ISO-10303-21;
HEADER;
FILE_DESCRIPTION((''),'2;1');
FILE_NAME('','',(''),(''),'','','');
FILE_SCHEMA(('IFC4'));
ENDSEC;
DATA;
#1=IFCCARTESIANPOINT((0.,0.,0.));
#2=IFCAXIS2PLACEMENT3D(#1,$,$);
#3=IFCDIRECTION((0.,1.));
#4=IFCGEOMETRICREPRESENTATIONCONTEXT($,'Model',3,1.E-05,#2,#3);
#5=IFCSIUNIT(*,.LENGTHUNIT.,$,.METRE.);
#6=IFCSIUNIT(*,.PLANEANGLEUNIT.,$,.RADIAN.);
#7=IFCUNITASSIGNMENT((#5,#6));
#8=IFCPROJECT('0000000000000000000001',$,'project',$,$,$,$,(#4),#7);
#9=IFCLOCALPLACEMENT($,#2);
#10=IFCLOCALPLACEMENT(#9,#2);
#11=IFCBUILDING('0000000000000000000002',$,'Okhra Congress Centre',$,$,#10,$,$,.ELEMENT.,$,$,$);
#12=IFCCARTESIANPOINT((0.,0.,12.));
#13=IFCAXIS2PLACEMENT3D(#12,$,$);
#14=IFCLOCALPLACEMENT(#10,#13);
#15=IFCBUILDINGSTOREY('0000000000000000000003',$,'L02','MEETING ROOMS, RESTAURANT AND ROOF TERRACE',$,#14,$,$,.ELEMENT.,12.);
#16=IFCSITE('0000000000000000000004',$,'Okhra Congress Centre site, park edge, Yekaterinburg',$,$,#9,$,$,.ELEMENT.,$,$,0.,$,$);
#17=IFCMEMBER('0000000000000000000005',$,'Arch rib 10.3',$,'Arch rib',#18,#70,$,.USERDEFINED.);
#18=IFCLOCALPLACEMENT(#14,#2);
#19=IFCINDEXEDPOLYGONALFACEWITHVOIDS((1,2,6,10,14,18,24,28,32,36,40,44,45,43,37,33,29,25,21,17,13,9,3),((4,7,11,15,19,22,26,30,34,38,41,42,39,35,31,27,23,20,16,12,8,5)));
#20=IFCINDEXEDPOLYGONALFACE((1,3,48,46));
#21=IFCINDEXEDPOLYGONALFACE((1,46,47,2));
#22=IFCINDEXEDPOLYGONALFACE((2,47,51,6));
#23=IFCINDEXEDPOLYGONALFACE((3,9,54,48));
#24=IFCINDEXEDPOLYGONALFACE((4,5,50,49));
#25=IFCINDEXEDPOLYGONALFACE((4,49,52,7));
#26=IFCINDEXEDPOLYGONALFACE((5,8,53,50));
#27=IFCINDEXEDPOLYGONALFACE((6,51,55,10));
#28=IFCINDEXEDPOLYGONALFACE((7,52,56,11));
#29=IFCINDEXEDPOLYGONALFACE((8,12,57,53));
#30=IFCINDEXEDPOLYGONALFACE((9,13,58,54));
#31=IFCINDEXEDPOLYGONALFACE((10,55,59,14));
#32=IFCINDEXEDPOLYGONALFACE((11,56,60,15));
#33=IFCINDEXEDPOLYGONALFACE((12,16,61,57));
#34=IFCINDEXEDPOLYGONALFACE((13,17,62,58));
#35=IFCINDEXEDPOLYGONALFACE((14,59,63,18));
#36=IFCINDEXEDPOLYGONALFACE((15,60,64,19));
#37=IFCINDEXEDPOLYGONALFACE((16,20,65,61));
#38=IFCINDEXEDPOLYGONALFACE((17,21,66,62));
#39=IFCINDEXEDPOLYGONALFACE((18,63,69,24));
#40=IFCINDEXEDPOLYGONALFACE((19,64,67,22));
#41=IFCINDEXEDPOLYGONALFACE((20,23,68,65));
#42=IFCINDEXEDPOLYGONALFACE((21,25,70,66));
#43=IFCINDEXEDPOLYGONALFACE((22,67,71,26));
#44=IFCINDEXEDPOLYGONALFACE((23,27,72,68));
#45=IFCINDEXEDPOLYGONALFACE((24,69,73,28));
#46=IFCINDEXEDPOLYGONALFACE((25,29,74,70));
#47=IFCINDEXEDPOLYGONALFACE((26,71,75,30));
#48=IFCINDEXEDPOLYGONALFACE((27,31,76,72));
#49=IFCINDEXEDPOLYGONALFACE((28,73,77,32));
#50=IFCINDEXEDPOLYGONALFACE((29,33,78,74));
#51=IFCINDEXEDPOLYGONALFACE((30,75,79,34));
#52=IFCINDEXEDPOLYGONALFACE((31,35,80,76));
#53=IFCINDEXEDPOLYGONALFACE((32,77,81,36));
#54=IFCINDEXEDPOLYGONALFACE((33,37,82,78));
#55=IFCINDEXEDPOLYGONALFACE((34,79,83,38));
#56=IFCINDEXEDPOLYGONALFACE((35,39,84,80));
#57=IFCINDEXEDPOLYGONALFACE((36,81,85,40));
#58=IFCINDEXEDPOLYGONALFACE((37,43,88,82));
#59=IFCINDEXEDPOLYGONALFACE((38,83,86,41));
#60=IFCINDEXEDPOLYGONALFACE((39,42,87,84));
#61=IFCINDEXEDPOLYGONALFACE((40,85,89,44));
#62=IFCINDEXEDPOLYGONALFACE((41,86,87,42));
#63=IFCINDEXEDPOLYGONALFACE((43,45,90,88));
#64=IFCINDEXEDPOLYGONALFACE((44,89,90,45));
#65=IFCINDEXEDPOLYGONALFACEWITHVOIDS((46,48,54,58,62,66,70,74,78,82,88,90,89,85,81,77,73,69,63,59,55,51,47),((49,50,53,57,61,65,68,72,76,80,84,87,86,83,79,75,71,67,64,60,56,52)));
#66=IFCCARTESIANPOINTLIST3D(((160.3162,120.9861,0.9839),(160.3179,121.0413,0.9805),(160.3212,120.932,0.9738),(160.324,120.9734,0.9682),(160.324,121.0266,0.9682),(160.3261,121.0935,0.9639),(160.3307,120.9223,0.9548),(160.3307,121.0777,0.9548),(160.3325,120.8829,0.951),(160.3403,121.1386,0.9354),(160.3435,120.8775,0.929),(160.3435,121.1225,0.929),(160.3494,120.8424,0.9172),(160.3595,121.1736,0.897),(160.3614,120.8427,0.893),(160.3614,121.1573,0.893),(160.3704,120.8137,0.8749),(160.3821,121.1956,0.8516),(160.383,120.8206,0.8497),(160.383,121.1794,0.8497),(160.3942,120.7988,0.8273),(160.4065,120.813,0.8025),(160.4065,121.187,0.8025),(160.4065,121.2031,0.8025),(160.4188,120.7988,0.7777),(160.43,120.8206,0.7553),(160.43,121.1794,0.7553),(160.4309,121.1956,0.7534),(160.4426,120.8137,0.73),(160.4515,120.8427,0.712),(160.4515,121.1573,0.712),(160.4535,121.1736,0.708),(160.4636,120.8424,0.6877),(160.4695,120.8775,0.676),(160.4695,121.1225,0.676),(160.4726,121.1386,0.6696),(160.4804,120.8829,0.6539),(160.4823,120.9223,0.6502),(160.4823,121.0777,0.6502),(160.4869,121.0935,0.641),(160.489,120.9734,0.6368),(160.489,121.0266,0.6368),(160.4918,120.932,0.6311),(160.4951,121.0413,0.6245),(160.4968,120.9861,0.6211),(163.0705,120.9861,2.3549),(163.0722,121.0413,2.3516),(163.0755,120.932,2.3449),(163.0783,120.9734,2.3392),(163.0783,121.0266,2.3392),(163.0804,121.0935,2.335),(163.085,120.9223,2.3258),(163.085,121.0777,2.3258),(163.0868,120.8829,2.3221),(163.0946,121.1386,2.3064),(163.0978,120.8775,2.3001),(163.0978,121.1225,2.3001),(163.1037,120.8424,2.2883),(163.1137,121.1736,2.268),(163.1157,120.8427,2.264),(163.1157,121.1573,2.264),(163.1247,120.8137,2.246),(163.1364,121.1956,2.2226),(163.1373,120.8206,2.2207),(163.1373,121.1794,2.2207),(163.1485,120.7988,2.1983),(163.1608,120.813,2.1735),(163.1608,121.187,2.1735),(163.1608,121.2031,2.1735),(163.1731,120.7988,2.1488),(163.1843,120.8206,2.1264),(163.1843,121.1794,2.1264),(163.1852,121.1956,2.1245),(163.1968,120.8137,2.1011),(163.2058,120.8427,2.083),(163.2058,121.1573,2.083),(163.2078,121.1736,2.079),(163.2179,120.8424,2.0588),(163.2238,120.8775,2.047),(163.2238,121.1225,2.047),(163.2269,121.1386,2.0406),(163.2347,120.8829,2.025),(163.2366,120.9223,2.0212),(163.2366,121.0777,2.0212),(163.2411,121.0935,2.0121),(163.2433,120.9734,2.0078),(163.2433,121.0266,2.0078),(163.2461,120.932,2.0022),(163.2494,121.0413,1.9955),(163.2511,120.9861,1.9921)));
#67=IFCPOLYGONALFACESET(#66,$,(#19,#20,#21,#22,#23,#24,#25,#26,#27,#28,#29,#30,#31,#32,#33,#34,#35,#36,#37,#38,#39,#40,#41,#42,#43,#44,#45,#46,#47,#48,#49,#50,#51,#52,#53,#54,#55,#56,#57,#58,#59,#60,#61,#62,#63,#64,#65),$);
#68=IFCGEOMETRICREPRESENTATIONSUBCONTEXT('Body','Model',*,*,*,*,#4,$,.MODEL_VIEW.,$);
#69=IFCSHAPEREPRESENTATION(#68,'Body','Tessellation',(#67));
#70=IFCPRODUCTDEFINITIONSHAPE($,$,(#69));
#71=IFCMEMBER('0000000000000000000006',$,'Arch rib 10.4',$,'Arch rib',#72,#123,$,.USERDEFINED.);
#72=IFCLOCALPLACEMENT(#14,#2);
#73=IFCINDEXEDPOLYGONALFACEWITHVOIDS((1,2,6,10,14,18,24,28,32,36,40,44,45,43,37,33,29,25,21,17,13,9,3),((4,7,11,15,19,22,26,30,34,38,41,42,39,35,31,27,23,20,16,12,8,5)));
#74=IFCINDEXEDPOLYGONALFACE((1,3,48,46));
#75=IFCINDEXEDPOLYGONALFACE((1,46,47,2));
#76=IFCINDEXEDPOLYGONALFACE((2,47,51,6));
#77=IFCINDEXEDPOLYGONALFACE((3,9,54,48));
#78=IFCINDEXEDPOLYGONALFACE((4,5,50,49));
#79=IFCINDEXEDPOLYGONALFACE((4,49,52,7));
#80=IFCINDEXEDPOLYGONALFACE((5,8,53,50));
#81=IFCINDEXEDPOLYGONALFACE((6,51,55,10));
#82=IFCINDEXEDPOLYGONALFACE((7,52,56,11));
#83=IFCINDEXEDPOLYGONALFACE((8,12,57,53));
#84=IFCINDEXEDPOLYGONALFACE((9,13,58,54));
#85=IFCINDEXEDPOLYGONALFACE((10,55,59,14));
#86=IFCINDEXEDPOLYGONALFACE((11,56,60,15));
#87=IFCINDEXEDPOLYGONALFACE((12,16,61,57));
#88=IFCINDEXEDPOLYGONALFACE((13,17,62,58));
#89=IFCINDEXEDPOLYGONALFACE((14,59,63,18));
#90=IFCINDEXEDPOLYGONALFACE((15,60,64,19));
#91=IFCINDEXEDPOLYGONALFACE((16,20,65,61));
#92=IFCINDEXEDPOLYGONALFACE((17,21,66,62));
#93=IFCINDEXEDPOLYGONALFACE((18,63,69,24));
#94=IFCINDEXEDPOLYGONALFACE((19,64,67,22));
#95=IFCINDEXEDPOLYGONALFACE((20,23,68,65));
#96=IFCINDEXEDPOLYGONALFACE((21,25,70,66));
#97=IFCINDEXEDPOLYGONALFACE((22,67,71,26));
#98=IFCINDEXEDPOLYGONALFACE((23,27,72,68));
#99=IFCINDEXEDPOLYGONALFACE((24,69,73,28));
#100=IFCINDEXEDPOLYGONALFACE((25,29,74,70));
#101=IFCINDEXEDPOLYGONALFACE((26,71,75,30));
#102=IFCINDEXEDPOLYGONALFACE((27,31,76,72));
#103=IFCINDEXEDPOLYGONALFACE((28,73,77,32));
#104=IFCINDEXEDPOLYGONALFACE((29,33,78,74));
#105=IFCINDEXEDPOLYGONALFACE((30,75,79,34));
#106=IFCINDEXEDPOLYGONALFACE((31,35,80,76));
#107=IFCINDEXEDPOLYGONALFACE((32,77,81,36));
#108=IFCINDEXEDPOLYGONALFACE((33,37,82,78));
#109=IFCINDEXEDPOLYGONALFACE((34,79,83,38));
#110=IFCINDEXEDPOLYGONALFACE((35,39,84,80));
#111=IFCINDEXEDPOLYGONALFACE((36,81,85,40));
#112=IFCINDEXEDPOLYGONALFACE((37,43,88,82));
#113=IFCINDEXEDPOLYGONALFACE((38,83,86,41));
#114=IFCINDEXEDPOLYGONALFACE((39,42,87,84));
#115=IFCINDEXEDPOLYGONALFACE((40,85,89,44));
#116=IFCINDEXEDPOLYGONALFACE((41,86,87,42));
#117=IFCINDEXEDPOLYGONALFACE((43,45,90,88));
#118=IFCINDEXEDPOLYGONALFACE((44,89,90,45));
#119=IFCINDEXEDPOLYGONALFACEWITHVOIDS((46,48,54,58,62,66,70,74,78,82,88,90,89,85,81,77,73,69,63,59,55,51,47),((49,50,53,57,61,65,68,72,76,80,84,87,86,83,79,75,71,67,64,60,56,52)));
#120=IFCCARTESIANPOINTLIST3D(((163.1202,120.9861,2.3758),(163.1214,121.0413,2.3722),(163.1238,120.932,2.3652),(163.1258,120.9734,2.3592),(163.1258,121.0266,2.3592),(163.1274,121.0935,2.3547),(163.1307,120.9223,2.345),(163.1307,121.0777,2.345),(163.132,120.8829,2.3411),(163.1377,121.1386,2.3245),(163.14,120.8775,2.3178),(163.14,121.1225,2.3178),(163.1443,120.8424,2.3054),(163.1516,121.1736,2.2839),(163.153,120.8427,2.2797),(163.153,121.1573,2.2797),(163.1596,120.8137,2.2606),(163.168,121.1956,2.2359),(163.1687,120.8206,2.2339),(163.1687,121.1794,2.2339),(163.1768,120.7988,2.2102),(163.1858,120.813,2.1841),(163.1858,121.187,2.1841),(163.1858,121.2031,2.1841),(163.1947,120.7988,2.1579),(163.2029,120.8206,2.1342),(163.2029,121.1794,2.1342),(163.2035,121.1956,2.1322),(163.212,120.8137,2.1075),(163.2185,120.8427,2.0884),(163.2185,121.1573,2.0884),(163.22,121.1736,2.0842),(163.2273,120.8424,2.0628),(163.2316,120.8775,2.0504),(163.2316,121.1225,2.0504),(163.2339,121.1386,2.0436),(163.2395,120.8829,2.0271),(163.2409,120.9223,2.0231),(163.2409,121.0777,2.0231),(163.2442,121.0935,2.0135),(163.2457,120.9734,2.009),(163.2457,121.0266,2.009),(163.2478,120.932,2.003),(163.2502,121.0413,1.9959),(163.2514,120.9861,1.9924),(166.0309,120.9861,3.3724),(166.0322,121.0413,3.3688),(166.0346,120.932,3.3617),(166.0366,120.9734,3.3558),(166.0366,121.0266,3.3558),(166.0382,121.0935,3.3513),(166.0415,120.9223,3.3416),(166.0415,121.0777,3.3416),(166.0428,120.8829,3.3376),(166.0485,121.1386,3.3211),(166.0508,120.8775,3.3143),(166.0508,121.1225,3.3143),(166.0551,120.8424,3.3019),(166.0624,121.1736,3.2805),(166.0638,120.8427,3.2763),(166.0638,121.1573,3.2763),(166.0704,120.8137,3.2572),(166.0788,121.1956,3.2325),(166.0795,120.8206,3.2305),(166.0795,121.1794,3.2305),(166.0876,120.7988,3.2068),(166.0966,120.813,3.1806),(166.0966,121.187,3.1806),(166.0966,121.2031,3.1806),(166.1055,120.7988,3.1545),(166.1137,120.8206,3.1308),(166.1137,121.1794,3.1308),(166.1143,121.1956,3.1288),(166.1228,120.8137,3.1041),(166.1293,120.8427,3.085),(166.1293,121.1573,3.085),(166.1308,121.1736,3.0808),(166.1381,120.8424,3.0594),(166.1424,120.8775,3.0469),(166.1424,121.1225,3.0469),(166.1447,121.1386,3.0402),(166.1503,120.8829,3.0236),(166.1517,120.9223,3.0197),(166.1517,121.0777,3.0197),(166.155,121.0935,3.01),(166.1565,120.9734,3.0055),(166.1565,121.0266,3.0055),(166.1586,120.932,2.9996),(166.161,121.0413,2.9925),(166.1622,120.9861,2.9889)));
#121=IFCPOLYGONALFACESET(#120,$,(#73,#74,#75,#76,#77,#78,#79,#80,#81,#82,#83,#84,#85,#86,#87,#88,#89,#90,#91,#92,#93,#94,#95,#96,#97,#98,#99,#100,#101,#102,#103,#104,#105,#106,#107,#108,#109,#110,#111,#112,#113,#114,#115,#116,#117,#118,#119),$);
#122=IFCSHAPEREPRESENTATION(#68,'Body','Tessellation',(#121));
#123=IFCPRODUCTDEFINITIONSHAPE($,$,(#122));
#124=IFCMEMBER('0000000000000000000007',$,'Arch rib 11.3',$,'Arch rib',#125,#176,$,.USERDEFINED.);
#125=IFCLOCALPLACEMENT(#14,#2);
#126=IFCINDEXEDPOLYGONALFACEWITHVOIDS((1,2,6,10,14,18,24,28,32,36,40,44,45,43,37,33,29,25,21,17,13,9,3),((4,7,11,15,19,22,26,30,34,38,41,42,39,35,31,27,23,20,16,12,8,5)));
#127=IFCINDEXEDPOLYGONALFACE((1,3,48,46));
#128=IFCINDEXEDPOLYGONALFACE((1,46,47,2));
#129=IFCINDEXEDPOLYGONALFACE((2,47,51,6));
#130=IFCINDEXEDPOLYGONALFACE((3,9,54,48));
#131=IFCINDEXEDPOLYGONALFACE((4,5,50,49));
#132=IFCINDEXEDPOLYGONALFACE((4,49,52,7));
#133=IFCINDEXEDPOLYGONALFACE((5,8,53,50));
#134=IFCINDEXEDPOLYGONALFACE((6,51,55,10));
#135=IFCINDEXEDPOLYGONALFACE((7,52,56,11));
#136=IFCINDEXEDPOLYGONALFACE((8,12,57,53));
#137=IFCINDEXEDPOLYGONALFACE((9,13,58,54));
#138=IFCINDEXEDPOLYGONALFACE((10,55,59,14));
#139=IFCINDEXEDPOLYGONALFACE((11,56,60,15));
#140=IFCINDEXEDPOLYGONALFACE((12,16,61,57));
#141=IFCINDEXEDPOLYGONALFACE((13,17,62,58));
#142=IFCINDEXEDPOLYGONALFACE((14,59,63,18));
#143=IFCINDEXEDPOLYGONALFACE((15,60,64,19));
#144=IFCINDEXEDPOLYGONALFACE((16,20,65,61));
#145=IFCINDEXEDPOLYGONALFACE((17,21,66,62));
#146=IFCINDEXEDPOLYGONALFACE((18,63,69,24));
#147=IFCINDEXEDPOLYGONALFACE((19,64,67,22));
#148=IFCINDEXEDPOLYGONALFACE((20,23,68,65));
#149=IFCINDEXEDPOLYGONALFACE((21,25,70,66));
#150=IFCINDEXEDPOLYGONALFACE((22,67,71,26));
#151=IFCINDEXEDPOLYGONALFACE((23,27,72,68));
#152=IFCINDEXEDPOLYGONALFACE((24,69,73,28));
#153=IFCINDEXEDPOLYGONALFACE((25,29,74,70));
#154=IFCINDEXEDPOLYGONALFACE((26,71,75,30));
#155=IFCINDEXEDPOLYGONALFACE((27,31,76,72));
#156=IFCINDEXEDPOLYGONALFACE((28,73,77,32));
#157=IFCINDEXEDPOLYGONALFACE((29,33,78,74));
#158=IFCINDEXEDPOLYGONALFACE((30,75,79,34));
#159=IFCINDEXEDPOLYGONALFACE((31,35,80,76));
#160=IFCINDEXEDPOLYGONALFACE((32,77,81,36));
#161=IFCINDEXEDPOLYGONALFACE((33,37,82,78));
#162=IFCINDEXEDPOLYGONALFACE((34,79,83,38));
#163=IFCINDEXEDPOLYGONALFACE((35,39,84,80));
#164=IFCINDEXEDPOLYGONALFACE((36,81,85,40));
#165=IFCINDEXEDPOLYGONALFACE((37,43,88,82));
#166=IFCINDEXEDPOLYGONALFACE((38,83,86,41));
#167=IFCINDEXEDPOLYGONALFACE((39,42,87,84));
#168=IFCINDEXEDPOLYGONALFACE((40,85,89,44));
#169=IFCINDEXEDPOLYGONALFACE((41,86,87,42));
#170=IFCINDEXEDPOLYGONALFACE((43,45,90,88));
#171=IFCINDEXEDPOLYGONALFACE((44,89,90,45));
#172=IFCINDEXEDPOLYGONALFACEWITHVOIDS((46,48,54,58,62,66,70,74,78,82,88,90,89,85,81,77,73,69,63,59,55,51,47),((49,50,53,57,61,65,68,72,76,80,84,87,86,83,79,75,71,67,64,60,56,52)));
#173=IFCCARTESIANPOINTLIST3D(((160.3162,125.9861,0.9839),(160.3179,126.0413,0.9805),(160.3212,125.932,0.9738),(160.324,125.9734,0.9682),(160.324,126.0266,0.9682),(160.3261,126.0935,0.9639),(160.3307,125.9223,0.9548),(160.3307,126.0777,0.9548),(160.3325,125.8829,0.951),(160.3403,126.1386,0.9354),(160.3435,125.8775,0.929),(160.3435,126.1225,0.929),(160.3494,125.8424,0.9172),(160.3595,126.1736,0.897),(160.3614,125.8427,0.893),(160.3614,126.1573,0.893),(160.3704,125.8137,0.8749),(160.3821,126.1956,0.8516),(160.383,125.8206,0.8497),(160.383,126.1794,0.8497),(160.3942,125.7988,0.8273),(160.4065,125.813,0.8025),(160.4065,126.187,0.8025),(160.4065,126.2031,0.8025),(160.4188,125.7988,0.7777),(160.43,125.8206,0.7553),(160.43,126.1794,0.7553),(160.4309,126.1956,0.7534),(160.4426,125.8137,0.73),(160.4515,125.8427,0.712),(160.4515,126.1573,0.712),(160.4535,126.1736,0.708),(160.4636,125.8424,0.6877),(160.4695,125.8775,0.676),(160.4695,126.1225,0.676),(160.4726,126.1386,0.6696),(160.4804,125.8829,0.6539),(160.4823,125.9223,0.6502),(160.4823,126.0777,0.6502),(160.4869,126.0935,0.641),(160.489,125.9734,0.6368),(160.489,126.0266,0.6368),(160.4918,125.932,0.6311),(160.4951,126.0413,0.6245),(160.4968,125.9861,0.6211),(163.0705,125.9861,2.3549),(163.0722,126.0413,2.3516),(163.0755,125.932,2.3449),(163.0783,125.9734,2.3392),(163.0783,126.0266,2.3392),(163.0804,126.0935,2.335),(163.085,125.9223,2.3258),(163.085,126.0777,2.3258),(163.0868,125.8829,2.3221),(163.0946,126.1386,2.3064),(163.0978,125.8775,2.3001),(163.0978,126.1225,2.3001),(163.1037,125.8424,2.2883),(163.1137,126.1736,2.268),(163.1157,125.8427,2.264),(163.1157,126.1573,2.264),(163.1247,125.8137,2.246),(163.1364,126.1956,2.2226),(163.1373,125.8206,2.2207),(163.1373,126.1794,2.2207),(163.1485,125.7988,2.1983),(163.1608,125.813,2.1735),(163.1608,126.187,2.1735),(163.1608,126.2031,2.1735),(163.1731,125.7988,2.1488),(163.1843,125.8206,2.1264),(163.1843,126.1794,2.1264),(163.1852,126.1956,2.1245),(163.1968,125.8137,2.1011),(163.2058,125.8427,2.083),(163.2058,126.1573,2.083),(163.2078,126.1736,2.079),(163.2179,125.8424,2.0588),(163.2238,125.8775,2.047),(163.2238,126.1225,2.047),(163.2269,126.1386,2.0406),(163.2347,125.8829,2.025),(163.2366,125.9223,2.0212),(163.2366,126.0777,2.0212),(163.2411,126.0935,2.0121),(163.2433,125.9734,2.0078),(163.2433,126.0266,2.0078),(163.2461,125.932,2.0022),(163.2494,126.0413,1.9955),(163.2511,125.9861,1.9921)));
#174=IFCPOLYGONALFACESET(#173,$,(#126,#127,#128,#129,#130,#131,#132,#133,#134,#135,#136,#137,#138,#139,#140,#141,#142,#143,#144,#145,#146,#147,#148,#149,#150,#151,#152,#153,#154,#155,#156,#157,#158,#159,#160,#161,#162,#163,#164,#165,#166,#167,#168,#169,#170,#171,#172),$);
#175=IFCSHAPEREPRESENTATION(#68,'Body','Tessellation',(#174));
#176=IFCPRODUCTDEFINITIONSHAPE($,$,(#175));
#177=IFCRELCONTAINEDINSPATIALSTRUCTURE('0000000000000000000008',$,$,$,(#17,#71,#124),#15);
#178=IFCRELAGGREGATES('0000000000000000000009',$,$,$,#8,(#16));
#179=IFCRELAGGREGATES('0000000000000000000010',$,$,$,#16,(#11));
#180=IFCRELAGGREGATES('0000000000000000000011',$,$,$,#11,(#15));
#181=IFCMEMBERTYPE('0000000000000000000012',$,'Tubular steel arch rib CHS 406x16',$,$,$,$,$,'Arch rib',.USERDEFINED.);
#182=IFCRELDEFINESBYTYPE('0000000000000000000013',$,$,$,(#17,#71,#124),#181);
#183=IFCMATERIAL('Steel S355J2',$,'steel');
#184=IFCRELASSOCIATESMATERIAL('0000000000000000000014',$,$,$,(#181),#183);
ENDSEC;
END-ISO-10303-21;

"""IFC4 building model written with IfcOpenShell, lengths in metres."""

from ifc_helpers import new_model, si_unit, direction, frame, origin, origin_2d, place, context, subcontext, project, spatial, hollow_circle, extrude, material, material_profile, profile_set, type_object, element, save


model = new_model("IFC4")

# Units and contexts
model_context = context("Model", 3, precision=1e-05, world=origin(), true_north=direction((0.0, 1.0)))
body_context = subcontext(model_context, "Body", "Model", "MODEL_VIEW")
ifc_project = project(units=[si_unit("LENGTHUNIT", "METRE"), si_unit("PLANEANGLEUNIT", "RADIAN")], contexts=[model_context])

# Site, building, storey
site_placement = place(None, origin())
site = spatial("IfcSite", under=ifc_project, at=site_placement, Name="Okhra Congress Centre site, park edge, Yekaterinburg", CompositionType="ELEMENT", RefElevation=0.0)
building_placement = place(site_placement, origin())
building = spatial("IfcBuilding", under=site, at=building_placement, Name="Okhra Congress Centre", CompositionType="ELEMENT")
storey_placement = place(building_placement, frame((0.0, 0.0, 12.0)))
storey = spatial("IfcBuildingStorey", under=building, at=storey_placement, Name="L02", Description="MEETING ROOMS, RESTAURANT AND ROOF TERRACE", CompositionType="ELEMENT", Elevation=12.0)

# Members
ifc_material_1 = material(Name="Steel S355J2", Category="steel")
ifc_material_profile_1 = material_profile(ifc_material_1, hollow_circle(Radius=0.2031, WallThickness=0.0161, at=origin_2d()), Name="CHS 406.4x16")
ifc_profile_set_1 = profile_set([ifc_material_profile_1], Name="Steel S355J2")
member_type_1 = type_object("IfcMemberType", Name="Tubular steel arch rib CHS 406x16", ElementType="Arch rib", PredefinedType="USERDEFINED", material=ifc_profile_set_1)
for number, where, z_axis, x_axis, name in (
    (1, (160.4065, 121.0, 0.8025), (0.895219, 0.0, 0.445626), (0.0, 1.0, 0.0), "Arch rib 10.3"),
    (2, (163.1858, 121.0, 2.1841), (0.946089, 0.0, 0.323906), (0.0, 1.0, 0.0), "Arch rib 10.4"),
    (3, (160.4065, 126.0, 0.8025), (0.895219, 0.0, 0.445626), (0.0, 1.0, 0.0), "Arch rib 11.3"),
):
    element("IfcMember", number, at=place(storey_placement, frame(where, z_axis=z_axis, x_axis=x_axis)), inside=storey, type_object=member_type_1, Name=name, ObjectType="Arch rib", PredefinedType="USERDEFINED", context=body_context, shape_type="SweptSolid", body=[
        extrude(hollow_circle(Radius=0.2031, WallThickness=0.0161, at=origin_2d()), origin(), (0.0, 0.0, 1.0), 3.0767),
    ])

save(model, "model.ifc")
